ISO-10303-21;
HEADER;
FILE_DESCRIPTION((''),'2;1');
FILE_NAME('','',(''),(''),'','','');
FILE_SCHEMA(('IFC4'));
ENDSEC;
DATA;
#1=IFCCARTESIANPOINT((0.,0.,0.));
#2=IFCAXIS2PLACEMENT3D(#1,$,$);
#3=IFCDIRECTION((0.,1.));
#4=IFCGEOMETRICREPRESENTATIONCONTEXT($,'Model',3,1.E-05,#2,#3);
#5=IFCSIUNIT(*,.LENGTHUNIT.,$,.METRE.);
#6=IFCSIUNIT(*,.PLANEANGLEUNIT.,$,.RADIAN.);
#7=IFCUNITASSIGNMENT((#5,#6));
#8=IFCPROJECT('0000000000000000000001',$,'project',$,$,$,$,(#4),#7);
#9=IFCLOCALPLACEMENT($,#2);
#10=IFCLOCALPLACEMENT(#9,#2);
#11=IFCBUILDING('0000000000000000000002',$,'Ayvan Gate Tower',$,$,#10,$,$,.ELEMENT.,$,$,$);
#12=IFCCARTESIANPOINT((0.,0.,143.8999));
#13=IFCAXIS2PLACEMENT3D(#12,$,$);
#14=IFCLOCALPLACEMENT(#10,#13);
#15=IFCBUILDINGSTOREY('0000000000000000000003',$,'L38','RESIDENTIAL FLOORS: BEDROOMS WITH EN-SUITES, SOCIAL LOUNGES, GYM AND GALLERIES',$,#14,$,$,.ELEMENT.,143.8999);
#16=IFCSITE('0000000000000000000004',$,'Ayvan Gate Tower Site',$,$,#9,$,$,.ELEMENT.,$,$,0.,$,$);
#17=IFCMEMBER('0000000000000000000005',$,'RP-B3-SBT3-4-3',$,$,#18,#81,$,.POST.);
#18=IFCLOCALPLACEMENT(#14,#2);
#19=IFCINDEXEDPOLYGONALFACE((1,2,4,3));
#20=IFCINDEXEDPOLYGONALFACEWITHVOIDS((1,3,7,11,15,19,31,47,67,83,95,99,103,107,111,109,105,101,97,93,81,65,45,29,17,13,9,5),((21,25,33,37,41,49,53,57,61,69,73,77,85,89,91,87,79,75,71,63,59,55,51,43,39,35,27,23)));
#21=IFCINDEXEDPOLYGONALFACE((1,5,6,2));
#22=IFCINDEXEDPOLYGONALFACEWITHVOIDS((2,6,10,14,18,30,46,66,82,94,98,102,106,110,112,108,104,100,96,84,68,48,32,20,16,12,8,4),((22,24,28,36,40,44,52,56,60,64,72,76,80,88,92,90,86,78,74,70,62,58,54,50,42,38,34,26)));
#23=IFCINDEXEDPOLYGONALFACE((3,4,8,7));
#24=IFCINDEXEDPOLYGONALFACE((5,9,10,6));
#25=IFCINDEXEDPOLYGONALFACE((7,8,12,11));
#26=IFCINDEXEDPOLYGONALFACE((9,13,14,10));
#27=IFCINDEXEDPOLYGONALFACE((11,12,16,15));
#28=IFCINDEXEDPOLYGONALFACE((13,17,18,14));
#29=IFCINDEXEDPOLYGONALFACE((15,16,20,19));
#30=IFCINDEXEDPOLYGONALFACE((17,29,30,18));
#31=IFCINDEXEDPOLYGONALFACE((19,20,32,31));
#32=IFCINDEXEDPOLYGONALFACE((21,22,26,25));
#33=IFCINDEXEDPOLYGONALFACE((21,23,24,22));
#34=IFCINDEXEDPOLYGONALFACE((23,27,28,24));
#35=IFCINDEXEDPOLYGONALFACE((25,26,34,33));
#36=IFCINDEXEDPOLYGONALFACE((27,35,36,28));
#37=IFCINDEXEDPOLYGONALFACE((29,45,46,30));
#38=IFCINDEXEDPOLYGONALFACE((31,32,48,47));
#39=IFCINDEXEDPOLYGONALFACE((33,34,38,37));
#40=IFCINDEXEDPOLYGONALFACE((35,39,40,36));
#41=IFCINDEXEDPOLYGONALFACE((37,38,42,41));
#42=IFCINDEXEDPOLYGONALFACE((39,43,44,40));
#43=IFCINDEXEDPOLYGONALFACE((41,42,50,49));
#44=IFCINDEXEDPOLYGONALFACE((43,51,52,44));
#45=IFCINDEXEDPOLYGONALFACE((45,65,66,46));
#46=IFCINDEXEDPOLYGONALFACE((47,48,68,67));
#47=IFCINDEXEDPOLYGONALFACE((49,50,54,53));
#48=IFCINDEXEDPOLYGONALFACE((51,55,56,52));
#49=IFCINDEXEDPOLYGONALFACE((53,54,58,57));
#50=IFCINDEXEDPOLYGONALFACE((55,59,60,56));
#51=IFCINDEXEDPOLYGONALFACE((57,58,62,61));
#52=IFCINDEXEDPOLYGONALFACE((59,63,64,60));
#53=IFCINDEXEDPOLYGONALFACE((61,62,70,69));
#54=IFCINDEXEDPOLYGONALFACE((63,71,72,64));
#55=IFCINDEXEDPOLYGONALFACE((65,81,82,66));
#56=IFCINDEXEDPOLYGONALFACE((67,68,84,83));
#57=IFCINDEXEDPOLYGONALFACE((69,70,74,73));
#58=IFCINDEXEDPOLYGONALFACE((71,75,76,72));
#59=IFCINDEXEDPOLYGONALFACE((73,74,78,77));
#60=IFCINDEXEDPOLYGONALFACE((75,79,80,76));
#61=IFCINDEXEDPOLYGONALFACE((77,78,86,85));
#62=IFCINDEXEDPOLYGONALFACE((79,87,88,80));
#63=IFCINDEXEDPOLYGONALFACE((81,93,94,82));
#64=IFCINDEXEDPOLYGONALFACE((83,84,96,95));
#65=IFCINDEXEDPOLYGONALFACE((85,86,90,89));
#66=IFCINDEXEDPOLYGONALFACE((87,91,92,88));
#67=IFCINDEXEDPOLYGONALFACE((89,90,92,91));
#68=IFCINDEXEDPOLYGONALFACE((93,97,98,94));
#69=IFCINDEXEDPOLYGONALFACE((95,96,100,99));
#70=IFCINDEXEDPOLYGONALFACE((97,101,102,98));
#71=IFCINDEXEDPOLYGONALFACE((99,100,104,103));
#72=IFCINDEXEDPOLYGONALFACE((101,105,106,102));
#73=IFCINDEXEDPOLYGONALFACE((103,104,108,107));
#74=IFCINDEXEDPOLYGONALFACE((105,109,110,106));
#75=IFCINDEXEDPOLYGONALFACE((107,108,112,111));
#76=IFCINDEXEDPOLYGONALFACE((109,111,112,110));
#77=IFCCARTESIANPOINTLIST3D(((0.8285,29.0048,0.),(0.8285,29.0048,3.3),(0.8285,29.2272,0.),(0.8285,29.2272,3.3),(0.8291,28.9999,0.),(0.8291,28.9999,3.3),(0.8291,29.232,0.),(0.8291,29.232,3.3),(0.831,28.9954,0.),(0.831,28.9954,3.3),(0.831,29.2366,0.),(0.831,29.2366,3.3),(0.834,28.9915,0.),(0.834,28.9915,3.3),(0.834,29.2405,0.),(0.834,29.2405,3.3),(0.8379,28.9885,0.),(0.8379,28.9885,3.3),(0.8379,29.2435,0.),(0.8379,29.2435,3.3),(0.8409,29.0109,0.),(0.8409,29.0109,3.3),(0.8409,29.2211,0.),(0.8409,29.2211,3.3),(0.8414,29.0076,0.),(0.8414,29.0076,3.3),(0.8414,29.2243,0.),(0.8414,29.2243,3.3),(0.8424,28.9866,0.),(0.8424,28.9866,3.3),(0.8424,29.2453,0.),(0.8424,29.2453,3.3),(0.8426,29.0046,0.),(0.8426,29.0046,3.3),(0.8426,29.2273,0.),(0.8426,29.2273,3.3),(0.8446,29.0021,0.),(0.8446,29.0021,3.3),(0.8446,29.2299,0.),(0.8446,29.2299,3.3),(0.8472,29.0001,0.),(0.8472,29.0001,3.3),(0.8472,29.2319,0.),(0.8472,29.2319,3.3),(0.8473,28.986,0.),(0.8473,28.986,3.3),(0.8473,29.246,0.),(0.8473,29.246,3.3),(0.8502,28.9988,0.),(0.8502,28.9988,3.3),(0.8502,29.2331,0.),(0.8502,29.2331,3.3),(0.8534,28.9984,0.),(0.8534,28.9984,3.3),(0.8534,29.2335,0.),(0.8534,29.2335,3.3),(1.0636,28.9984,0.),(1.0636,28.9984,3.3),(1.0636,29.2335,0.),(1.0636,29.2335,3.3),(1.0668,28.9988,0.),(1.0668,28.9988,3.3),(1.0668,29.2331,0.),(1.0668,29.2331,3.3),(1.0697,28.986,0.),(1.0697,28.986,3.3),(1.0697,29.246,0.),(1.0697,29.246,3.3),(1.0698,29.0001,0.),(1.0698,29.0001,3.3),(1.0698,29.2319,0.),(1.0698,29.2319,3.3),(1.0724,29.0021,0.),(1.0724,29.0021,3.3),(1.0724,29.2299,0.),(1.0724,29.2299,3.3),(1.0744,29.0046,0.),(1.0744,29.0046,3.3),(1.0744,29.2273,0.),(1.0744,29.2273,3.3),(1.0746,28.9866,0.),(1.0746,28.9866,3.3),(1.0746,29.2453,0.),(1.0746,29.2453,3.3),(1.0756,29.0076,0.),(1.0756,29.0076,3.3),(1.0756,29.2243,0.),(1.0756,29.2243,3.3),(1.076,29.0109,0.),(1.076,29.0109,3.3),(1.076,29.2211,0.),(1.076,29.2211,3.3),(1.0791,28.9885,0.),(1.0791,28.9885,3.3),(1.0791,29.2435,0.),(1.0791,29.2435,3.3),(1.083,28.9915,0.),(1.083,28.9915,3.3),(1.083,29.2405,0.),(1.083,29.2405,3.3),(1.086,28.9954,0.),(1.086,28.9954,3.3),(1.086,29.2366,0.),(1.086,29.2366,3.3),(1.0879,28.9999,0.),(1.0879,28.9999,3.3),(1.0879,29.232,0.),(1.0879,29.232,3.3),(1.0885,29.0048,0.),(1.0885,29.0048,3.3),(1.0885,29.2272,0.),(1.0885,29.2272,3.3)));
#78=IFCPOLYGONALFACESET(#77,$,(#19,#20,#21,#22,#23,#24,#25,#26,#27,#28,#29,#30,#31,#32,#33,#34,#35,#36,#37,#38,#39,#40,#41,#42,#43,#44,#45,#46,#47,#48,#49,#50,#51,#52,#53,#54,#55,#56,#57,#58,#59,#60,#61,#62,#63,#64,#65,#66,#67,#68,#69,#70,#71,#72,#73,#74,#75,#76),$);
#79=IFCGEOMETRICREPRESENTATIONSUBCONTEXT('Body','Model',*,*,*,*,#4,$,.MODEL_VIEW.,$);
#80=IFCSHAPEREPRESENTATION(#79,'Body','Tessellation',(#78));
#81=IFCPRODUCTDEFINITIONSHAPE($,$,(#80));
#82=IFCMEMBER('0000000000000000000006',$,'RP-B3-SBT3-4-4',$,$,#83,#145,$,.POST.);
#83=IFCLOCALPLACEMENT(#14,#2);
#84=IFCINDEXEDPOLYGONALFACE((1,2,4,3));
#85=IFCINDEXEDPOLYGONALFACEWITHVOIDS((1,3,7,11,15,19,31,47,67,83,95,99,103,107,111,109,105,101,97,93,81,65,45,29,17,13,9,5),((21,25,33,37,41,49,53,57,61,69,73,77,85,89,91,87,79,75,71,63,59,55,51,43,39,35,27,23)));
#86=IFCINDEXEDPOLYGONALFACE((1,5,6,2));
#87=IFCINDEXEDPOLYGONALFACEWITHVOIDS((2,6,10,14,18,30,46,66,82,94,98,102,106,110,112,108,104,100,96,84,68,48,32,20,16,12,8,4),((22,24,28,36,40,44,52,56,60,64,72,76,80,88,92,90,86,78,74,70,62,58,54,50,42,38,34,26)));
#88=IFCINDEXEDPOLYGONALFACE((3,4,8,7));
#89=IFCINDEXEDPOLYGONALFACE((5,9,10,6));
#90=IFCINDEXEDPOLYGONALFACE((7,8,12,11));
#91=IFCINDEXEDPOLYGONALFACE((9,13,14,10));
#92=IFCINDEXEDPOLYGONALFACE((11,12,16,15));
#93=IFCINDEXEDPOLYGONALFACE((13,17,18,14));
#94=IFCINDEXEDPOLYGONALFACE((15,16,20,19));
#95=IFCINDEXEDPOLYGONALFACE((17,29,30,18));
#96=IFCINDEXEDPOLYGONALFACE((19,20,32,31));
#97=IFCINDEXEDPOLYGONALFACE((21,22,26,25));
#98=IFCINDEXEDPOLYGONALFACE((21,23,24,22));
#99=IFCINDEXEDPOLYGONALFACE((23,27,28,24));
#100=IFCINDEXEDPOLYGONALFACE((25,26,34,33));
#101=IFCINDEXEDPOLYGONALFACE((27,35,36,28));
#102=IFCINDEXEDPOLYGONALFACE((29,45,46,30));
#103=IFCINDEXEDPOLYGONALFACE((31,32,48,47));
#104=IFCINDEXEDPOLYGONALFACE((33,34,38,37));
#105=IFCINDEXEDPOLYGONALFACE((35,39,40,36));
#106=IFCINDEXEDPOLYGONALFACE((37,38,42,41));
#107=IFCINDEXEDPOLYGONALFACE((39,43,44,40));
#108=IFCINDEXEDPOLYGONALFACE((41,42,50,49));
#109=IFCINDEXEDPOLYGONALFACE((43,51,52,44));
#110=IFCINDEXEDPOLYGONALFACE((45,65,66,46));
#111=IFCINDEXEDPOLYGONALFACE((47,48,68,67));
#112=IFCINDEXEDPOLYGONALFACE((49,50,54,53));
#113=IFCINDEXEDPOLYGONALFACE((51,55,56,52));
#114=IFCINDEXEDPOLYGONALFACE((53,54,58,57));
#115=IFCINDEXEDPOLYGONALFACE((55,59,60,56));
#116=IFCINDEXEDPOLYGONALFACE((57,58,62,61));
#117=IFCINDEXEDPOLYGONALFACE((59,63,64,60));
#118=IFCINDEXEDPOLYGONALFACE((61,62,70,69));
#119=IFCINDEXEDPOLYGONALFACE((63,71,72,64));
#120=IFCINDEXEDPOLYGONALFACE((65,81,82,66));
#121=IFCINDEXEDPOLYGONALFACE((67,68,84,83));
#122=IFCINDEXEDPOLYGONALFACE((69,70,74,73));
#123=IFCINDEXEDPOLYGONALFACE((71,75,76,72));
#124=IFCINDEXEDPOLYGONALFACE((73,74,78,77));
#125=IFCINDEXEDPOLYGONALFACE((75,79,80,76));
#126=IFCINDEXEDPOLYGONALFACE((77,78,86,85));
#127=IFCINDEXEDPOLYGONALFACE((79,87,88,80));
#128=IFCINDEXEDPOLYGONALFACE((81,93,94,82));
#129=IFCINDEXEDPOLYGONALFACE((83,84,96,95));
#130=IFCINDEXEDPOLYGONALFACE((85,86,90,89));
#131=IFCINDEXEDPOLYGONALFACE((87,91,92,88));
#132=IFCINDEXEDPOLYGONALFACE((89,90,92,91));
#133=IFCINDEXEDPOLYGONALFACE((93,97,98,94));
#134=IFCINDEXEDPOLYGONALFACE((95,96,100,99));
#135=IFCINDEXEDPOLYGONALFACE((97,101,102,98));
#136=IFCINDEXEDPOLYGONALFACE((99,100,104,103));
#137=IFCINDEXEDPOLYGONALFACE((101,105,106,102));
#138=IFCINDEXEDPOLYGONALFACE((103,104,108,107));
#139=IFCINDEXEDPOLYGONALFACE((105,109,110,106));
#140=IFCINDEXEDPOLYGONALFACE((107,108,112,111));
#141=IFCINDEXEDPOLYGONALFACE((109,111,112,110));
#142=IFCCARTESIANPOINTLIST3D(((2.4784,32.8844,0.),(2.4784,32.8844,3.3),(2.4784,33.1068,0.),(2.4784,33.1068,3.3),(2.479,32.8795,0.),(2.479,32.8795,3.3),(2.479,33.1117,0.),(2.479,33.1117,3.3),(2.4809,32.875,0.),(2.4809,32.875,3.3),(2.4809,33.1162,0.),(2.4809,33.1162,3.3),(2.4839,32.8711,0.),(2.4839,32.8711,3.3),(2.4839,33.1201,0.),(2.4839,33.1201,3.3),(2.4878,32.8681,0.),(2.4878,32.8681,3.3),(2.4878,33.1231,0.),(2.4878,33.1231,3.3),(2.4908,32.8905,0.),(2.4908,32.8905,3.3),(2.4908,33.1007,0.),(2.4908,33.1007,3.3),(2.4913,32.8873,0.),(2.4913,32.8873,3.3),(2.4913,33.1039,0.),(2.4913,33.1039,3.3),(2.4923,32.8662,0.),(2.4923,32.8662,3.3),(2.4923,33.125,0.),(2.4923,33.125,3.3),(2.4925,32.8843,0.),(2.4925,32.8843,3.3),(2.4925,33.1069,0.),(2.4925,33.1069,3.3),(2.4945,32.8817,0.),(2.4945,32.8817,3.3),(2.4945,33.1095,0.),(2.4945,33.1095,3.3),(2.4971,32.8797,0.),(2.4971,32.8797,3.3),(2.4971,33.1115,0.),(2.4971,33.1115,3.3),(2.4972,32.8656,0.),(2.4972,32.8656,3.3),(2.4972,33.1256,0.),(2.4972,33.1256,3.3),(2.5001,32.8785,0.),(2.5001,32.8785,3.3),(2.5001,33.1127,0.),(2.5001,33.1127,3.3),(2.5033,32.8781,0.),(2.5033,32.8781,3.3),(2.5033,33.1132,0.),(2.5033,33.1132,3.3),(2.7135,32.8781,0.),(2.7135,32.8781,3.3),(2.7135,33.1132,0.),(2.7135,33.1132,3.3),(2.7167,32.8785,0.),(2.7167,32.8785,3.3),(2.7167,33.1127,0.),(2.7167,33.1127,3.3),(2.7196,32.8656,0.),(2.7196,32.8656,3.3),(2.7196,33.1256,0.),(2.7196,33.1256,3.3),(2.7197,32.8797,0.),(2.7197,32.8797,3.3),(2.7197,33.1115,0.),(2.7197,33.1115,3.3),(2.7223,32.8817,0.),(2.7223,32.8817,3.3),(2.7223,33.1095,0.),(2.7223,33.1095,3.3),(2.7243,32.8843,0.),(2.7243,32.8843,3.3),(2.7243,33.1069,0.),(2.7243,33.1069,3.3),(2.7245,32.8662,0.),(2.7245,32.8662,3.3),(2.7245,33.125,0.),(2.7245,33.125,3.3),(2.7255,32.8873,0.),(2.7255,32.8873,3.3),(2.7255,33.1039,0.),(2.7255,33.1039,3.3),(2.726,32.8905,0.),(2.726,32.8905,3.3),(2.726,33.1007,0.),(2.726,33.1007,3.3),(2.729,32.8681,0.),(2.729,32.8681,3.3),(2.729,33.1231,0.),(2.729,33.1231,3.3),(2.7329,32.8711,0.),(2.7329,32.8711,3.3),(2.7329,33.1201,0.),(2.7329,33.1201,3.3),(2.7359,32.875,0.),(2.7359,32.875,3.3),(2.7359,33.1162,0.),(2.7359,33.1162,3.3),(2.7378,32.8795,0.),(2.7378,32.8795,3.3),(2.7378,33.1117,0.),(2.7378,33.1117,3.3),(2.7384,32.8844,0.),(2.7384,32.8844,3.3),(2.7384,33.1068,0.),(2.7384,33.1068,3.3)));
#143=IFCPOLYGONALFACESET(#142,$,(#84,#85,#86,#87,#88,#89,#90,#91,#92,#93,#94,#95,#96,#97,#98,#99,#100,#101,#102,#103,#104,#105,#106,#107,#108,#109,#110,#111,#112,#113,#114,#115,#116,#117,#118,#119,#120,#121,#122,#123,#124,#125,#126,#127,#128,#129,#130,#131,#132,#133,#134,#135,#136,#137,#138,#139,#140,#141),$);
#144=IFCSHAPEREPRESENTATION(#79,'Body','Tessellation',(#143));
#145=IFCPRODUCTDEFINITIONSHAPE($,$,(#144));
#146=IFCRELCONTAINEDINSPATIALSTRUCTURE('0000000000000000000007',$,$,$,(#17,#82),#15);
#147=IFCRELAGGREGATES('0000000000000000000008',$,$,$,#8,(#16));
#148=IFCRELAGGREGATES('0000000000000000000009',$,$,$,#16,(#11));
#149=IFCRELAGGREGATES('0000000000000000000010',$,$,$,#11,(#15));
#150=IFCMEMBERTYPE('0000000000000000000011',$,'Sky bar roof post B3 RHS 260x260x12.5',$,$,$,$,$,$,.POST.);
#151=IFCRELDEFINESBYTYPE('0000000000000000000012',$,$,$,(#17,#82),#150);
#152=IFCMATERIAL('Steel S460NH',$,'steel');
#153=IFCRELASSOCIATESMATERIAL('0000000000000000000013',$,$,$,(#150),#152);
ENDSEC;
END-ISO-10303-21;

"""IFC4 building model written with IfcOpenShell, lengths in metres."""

from ifc_helpers import new_model, si_unit, direction, frame, origin, origin_2d, place, context, subcontext, project, spatial, hollow_rectangle, extrude, material, material_profile, profile_set, type_object, element, save


model = new_model("IFC4")

# Units and contexts
model_context = context("Model", 3, precision=1e-05, world=origin(), true_north=direction((0.0, 1.0)))
body_context = subcontext(model_context, "Body", "Model", "MODEL_VIEW")
ifc_project = project(units=[si_unit("LENGTHUNIT", "METRE"), si_unit("PLANEANGLEUNIT", "RADIAN")], contexts=[model_context])

# Site, building, storey
site_placement = place(None, origin())
site = spatial("IfcSite", under=ifc_project, at=site_placement, Name="Ayvan Gate Tower Site", CompositionType="ELEMENT", RefElevation=0.0)
building_placement = place(site_placement, origin())
building = spatial("IfcBuilding", under=site, at=building_placement, Name="Ayvan Gate Tower", CompositionType="ELEMENT")
storey_placement = place(building_placement, frame((0.0, 0.0, 143.8999)))
storey = spatial("IfcBuildingStorey", under=building, at=storey_placement, Name="L38", Description="RESIDENTIAL FLOORS: BEDROOMS WITH EN-SUITES, SOCIAL LOUNGES, GYM AND GALLERIES", CompositionType="ELEMENT", Elevation=143.8999)

# Members
ifc_material_1 = material(Name="Steel S460NH", Category="steel")
ifc_material_profile_1 = material_profile(ifc_material_1, hollow_rectangle(XDim=0.26, YDim=0.26, WallThickness=0.0125, InnerFilletRadius=0.0125, OuterFilletRadius=0.0188, at=origin_2d()), Name="RHS 260x260x12.5")
ifc_profile_set_1 = profile_set([ifc_material_profile_1], Name="Steel S460NH")
member_type_1 = type_object("IfcMemberType", Name="Sky bar roof post B3 RHS 260x260x12.5", PredefinedType="POST", material=ifc_profile_set_1)
for number, where, z_axis, x_axis, name in (
    (1, (0.9585, 29.116, 0.0), (0.0, 0.0, 1.0), (1.0, 0.0, 0.0), "RP-B3-SBT3-4-3"),
    (2, (2.6084, 32.9956, 0.0), (0.0, 0.0, 1.0), (1.0, 0.0, 0.0), "RP-B3-SBT3-4-4"),
):
    element("IfcMember", number, at=place(storey_placement, frame(where, z_axis=z_axis, x_axis=x_axis)), inside=storey, type_object=member_type_1, Name=name, PredefinedType="POST", context=body_context, shape_type="SweptSolid", body=[
        extrude(hollow_rectangle(XDim=0.26, YDim=0.26, WallThickness=0.0125, InnerFilletRadius=0.0125, OuterFilletRadius=0.0188, at=origin_2d()), origin(), (0.0, 0.0, 1.0), 3.3),
    ])

save(model, "model.ifc")
